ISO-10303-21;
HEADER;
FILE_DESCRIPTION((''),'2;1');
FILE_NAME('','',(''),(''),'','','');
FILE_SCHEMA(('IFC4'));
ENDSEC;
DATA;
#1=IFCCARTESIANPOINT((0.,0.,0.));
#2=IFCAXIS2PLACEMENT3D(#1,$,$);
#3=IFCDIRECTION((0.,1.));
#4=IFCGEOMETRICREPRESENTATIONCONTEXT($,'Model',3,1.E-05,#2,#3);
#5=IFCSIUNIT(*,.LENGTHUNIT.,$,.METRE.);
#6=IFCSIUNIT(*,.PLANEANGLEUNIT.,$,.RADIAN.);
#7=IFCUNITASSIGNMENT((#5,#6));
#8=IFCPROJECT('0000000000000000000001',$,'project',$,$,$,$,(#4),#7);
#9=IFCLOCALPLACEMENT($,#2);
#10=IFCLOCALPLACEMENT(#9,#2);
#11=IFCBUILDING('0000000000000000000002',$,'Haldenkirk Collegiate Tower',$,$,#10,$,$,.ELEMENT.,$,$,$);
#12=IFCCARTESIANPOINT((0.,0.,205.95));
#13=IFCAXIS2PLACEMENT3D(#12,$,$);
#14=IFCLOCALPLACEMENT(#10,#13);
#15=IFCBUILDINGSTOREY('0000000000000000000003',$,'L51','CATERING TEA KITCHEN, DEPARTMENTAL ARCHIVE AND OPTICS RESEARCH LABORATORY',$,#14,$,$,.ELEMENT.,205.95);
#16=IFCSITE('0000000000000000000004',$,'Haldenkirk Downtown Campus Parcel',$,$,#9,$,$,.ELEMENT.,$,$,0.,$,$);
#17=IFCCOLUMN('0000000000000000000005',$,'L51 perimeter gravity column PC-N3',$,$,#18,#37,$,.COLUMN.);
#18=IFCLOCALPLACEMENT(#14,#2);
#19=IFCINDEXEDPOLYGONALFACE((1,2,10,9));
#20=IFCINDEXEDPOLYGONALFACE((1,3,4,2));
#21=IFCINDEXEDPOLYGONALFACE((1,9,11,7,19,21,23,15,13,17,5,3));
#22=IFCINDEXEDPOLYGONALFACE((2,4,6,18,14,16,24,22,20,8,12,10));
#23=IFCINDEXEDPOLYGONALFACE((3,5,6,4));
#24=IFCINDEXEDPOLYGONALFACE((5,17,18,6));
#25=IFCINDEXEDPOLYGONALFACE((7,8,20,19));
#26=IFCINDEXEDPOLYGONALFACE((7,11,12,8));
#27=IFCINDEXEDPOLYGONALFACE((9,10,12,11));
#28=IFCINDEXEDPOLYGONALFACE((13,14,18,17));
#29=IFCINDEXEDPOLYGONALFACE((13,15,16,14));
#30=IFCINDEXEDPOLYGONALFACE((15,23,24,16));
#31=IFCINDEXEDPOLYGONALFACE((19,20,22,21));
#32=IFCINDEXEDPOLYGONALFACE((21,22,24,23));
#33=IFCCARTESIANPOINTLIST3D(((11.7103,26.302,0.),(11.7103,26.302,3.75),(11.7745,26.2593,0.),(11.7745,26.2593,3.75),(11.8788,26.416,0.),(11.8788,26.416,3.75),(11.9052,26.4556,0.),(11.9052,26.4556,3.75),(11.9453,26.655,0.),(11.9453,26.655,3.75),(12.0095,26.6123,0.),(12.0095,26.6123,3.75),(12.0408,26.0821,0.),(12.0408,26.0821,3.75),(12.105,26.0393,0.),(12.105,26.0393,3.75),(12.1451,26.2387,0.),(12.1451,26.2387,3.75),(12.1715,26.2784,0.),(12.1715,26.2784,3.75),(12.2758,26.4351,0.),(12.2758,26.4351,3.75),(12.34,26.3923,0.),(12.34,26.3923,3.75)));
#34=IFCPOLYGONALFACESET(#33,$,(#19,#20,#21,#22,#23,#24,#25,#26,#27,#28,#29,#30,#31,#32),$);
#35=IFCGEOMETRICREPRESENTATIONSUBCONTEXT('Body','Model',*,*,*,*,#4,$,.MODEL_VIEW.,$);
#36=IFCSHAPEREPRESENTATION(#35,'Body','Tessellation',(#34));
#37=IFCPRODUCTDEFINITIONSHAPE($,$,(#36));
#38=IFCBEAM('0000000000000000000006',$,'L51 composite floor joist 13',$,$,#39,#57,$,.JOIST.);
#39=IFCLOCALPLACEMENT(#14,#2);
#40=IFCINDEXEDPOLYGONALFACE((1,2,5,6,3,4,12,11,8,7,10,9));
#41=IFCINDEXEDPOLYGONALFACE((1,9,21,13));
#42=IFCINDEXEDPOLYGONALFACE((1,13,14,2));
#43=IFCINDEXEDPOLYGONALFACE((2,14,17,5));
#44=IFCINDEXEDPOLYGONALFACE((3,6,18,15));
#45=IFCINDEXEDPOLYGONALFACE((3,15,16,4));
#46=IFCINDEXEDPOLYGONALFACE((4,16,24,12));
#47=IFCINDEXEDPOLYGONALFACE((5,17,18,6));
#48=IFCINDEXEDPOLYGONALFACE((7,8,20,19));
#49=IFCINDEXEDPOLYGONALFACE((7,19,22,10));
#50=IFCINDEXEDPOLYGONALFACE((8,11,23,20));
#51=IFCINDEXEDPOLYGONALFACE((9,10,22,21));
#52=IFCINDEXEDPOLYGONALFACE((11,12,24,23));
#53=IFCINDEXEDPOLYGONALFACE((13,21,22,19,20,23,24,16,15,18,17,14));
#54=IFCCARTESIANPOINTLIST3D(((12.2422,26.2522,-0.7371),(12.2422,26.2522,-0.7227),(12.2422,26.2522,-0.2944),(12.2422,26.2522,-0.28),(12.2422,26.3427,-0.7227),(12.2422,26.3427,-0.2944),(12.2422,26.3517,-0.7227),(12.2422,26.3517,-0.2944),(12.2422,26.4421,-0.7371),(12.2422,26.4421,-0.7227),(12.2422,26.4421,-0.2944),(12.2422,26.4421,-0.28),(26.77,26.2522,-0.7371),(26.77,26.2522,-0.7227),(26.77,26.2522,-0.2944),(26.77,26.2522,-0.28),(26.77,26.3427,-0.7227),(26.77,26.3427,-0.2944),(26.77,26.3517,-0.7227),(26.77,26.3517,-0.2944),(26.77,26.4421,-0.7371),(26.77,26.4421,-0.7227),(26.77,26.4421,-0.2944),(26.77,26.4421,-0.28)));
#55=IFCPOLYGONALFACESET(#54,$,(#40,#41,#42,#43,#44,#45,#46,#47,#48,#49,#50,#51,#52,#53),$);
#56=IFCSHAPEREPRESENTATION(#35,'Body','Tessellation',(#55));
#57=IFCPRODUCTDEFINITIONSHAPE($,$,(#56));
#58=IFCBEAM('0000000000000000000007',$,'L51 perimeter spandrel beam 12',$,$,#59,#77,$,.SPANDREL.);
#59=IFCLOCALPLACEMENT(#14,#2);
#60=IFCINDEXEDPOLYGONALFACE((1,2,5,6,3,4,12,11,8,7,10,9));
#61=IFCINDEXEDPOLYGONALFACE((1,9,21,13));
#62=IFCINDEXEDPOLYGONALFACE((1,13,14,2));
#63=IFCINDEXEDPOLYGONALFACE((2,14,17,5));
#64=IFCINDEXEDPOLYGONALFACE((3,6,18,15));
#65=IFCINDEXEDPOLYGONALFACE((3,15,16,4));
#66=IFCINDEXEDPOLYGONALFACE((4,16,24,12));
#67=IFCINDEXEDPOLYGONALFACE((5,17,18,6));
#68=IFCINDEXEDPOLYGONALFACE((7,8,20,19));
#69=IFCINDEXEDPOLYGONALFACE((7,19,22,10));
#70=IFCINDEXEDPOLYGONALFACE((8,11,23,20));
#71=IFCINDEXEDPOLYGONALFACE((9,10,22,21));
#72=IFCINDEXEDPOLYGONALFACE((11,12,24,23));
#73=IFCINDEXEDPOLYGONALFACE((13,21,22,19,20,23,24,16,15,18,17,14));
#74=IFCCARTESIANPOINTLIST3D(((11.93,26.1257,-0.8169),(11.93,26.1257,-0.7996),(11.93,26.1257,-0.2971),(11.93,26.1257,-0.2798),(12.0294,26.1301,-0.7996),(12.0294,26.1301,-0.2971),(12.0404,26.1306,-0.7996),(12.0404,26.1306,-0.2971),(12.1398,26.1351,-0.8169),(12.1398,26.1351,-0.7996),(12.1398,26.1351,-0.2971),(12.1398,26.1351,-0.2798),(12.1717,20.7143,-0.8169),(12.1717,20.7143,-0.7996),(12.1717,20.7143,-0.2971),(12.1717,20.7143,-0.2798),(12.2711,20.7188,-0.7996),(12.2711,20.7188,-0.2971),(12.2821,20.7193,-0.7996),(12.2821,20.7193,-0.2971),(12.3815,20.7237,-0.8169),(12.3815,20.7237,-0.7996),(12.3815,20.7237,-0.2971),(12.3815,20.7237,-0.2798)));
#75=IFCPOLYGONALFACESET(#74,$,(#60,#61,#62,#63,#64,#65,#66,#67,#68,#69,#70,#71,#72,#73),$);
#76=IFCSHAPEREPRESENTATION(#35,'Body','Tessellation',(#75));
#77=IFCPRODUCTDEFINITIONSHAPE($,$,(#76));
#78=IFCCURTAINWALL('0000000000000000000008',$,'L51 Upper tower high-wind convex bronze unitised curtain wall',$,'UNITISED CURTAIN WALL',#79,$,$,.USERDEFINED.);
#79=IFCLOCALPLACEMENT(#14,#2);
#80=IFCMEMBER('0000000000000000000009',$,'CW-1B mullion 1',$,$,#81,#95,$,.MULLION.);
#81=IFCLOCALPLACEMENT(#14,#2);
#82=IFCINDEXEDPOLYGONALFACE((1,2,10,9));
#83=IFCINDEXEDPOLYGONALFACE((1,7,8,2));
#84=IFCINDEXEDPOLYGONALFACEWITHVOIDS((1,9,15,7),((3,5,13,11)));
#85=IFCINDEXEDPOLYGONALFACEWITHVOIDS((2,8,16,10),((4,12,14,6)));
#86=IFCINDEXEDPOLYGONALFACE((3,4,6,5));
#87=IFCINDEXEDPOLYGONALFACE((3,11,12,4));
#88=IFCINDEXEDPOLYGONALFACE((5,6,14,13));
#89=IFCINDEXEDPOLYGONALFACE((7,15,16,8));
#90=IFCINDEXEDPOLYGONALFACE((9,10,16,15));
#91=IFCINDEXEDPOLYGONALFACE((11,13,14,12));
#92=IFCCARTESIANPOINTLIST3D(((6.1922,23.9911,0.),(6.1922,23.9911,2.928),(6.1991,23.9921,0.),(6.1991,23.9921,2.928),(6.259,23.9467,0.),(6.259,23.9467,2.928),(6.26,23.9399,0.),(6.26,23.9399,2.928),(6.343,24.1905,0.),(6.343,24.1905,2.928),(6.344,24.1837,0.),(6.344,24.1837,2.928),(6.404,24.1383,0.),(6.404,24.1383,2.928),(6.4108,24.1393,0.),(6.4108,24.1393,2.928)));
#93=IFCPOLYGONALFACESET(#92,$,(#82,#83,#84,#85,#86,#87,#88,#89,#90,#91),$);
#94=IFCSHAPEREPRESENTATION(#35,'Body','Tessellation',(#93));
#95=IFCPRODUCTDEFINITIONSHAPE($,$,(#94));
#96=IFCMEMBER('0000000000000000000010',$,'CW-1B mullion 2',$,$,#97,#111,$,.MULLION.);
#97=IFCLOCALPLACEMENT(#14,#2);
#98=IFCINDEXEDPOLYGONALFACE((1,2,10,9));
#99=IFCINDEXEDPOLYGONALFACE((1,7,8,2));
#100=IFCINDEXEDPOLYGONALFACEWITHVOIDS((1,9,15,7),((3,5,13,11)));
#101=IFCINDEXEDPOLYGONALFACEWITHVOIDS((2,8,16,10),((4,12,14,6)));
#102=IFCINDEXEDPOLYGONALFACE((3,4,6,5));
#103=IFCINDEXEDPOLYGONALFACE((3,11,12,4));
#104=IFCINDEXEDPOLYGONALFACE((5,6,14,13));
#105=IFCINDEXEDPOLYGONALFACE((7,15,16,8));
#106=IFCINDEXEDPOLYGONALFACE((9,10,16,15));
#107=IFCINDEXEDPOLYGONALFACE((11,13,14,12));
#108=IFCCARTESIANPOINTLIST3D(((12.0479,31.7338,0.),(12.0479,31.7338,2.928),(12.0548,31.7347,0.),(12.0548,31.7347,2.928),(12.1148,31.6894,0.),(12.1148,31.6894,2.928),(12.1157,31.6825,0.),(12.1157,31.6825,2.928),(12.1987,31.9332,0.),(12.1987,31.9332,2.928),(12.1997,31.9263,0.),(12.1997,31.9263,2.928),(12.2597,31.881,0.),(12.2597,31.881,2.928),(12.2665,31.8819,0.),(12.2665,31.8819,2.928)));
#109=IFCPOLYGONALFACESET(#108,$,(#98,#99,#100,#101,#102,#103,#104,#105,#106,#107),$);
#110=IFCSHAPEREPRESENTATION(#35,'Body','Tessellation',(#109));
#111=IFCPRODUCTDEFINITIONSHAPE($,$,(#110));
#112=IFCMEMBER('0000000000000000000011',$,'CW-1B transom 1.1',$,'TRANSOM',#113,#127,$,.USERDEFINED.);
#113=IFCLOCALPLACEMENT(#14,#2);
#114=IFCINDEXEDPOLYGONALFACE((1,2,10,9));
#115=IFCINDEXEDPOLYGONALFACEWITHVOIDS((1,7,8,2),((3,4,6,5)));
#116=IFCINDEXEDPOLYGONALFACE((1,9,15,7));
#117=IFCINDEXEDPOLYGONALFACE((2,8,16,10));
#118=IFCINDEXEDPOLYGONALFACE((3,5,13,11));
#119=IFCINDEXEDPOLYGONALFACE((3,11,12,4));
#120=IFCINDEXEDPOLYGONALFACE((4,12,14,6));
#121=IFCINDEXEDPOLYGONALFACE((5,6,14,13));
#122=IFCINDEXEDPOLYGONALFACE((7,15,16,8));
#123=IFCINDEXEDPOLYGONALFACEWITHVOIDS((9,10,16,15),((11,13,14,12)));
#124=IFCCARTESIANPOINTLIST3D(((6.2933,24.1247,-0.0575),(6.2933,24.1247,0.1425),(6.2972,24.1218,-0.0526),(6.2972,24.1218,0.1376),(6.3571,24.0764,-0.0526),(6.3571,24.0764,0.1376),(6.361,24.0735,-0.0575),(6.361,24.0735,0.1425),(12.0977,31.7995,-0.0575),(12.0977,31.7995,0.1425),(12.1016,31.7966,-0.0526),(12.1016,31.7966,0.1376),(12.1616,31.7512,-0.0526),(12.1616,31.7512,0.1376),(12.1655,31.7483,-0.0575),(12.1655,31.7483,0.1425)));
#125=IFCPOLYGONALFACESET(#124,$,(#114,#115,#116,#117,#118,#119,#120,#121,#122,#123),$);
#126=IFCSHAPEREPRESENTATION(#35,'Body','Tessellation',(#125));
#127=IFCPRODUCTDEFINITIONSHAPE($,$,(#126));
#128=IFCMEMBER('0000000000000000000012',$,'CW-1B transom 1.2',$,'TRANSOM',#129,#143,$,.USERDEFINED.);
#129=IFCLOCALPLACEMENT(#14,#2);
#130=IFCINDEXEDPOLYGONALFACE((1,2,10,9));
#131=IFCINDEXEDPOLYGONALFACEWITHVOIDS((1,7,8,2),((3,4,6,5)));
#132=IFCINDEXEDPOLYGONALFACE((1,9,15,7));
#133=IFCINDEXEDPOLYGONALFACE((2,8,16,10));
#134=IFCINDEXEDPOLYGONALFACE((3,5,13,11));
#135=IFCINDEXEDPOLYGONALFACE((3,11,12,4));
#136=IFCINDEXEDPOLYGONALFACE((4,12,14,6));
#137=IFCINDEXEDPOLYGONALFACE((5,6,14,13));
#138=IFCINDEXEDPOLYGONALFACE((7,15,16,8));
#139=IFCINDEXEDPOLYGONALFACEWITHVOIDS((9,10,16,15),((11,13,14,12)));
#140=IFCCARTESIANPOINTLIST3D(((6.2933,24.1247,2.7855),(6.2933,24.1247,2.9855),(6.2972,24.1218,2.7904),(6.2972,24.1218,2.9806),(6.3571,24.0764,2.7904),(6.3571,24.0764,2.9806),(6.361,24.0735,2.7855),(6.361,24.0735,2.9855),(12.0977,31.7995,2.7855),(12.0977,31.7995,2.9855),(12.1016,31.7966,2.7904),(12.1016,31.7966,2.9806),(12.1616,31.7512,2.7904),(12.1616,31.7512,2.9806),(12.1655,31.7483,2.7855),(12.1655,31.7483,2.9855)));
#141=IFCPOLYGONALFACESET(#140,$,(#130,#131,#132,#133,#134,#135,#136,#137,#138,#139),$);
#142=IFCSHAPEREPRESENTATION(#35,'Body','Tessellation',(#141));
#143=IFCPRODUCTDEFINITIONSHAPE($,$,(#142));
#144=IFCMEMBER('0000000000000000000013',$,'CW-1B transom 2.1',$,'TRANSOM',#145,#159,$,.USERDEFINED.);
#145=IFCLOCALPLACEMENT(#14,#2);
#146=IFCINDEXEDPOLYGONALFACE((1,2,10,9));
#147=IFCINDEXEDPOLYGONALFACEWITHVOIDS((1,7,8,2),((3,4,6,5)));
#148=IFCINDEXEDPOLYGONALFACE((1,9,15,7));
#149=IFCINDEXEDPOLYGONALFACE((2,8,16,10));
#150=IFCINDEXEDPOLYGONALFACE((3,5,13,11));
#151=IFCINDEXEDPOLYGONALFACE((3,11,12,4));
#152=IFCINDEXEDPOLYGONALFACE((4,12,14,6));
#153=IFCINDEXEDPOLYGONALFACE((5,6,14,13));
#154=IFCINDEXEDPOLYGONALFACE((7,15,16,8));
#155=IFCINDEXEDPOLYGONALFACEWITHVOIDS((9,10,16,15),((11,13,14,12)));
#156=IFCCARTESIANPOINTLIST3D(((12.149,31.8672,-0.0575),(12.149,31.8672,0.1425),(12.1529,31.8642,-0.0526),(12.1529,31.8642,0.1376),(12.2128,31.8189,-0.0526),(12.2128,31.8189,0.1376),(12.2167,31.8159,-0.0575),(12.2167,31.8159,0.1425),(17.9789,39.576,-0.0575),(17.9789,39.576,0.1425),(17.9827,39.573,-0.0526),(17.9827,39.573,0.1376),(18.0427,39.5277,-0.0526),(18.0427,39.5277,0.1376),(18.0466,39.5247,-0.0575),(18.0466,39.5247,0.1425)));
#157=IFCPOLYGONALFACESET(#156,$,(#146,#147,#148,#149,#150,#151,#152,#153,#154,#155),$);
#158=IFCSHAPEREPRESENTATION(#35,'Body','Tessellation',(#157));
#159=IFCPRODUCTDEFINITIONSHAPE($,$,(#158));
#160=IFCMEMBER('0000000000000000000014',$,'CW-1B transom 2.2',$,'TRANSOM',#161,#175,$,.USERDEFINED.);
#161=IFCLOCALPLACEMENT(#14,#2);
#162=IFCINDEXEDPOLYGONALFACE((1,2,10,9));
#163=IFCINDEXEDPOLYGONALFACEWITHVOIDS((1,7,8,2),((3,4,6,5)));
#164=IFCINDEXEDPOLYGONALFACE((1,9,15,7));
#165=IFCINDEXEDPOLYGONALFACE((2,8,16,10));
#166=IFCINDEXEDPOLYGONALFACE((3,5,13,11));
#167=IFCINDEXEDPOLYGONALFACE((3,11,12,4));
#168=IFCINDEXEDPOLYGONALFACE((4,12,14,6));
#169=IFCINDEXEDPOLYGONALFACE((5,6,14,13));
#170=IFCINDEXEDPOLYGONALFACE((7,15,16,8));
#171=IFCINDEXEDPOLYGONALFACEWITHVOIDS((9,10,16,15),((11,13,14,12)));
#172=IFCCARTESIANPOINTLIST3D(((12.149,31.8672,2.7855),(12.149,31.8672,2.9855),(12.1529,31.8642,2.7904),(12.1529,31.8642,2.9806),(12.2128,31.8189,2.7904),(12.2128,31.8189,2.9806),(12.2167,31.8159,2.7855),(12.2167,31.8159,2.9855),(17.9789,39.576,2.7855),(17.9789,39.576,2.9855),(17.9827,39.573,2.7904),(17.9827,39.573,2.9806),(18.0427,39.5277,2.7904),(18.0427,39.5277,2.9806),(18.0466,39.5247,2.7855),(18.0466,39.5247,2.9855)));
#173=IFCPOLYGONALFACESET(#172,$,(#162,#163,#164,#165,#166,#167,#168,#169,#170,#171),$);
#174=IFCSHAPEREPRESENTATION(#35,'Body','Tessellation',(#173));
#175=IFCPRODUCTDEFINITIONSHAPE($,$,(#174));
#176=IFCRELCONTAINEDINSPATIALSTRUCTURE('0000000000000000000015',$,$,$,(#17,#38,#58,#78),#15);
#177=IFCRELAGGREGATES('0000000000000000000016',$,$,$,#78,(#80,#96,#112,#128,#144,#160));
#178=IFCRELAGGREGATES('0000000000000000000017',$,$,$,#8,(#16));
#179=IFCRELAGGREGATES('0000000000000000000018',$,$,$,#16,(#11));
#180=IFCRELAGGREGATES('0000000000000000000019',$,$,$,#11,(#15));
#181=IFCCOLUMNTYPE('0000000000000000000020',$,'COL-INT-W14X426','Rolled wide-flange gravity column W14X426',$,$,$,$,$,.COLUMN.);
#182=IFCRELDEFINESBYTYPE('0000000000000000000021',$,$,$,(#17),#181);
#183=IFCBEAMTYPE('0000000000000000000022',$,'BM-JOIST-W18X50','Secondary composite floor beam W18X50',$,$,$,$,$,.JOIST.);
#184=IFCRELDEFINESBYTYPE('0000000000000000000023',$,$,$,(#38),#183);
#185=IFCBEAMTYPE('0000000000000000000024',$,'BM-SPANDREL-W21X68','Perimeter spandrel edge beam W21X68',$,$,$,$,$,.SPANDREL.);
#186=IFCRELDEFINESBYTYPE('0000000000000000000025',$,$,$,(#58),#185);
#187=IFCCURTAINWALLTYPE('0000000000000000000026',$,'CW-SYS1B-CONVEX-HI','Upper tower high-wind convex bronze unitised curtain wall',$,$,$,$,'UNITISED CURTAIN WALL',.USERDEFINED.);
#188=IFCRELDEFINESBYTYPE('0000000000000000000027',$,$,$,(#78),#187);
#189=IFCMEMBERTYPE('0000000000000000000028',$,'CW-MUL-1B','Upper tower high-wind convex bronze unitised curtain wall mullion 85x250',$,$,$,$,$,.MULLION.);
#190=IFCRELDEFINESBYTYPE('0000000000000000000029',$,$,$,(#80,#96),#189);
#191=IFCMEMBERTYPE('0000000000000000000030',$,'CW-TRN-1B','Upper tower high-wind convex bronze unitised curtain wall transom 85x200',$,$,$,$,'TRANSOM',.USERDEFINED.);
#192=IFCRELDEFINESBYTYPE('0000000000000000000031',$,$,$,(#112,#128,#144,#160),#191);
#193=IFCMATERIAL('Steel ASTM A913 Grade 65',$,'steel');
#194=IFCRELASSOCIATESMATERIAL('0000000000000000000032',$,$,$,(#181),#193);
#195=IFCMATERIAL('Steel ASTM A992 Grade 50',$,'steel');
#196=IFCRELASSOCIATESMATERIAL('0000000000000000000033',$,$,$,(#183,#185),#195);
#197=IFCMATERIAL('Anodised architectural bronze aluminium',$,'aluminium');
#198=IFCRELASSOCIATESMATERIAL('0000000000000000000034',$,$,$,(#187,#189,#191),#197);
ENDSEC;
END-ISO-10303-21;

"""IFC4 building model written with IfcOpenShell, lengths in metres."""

from ifc_helpers import new_model, si_unit, direction, frame, origin, origin_2d, place, context, subcontext, project, spatial, hollow_rectangle, i_section, extrude, material, material_profile, profile_set, type_object, element, aggregate, save


model = new_model("IFC4")

# Units and contexts
model_context = context("Model", 3, precision=1e-05, world=origin(), true_north=direction((0.0, 1.0)))
body_context = subcontext(model_context, "Body", "Model", "MODEL_VIEW")
ifc_project = project(units=[si_unit("LENGTHUNIT", "METRE"), si_unit("PLANEANGLEUNIT", "RADIAN")], contexts=[model_context])

# Site, building, storey
site_placement = place(None, origin())
site = spatial("IfcSite", under=ifc_project, at=site_placement, Name="Haldenkirk Downtown Campus Parcel", CompositionType="ELEMENT", RefElevation=0.0)
building_placement = place(site_placement, origin())
building = spatial("IfcBuilding", under=site, at=building_placement, Name="Haldenkirk Collegiate Tower", CompositionType="ELEMENT")
storey_placement = place(building_placement, frame((0.0, 0.0, 205.95)))
storey = spatial("IfcBuildingStorey", under=building, at=storey_placement, Name="L51", Description="CATERING TEA KITCHEN, DEPARTMENTAL ARCHIVE AND OPTICS RESEARCH LABORATORY", CompositionType="ELEMENT", Elevation=205.95)

# Column
ifc_material_1 = material(Name="Steel ASTM A913 Grade 65", Category="steel")
ifc_material_profile_1 = material_profile(ifc_material_1, i_section(OverallWidth=0.4241, OverallDepth=0.4741, WebThickness=0.0476, FlangeThickness=0.0771, at=origin_2d()), Name="W14X426")
ifc_profile_set_1 = profile_set([ifc_material_profile_1], Name="Steel ASTM A913 Grade 65")
column_type = type_object("IfcColumnType", Name="COL-INT-W14X426", Description="Rolled wide-flange gravity column W14X426", PredefinedType="COLUMN", material=ifc_profile_set_1)
column_placement = place(storey_placement, frame((12.0251, 26.3472, 0.0), z_axis=(0.0, 0.0, 1.0), x_axis=(0.554118, 0.832438, 0.0)))
element("IfcColumn", 1, at=column_placement, inside=storey, type_object=column_type, Name="L51 perimeter gravity column PC-N3", PredefinedType="COLUMN", context=body_context, shape_type="SweptSolid", body=[
    extrude(i_section(OverallWidth=0.4241, OverallDepth=0.4741, WebThickness=0.0476, FlangeThickness=0.0771, at=origin_2d()), origin(), (0.0, 0.0, 1.0), 3.75),
])

# Beams
ifc_material_2 = material(Name="Steel ASTM A992 Grade 50", Category="steel")
ifc_material_profile_2 = material_profile(ifc_material_2, i_section(OverallWidth=0.1899, OverallDepth=0.457, WebThickness=0.009, FlangeThickness=0.0144, at=origin_2d()), Name="W18X50")
ifc_profile_set_2 = profile_set([ifc_material_profile_2], Name="Steel ASTM A992 Grade 50")
beam_type_1 = type_object("IfcBeamType", Name="BM-JOIST-W18X50", Description="Secondary composite floor beam W18X50", PredefinedType="JOIST", material=ifc_profile_set_2)
beam_1_placement = place(storey_placement, frame((12.2422, 26.3472, -0.5085), z_axis=(1.0, 0.0, 0.0), x_axis=(0.0, 1.0, 0.0)))
element("IfcBeam", 2, at=beam_1_placement, inside=storey, type_object=beam_type_1, Name="L51 composite floor joist 13", PredefinedType="JOIST", context=body_context, shape_type="SweptSolid", body=[
    extrude(i_section(OverallWidth=0.1899, OverallDepth=0.457, WebThickness=0.009, FlangeThickness=0.0144, at=origin_2d()), origin(), (0.0, 0.0, 1.0), 14.5278),
])
ifc_material_profile_3 = material_profile(ifc_material_2, i_section(OverallWidth=0.21, OverallDepth=0.5371, WebThickness=0.011, FlangeThickness=0.0173, at=origin_2d()), Name="W21X68")
ifc_profile_set_3 = profile_set([ifc_material_profile_3], Name="Steel ASTM A992 Grade 50")
beam_type_2 = type_object("IfcBeamType", Name="BM-SPANDREL-W21X68", Description="Perimeter spandrel edge beam W21X68", PredefinedType="SPANDREL", material=ifc_profile_set_3)
beam_2_placement = place(storey_placement, frame((12.0349, 26.1304, -0.5483), z_axis=(0.044621, -0.999004, 0.0), x_axis=(0.999004, 0.044621, 0.0)))
element("IfcBeam", 3, at=beam_2_placement, inside=storey, type_object=beam_type_2, Name="L51 perimeter spandrel beam 12", PredefinedType="SPANDREL", context=body_context, shape_type="SweptSolid", body=[
    extrude(i_section(OverallWidth=0.21, OverallDepth=0.5371, WebThickness=0.011, FlangeThickness=0.0173, at=origin_2d()), origin(), (0.0, 0.0, 1.0), 5.4167),
])

# Curtain wall, members
ifc_material_3 = material(Name="Anodised architectural bronze aluminium", Category="aluminium")
curtain_wall_type = type_object("IfcCurtainWallType", Name="CW-SYS1B-CONVEX-HI", Description="Upper tower high-wind convex bronze unitised curtain wall", ElementType="UNITISED CURTAIN WALL", PredefinedType="USERDEFINED", material=ifc_material_3)
curtain_wall_placement = place(storey_placement, origin())
curtain_wall = element("IfcCurtainWall", 4, at=curtain_wall_placement, inside=storey, type_object=curtain_wall_type, Name="L51 Upper tower high-wind convex bronze unitised curtain wall", ObjectType="UNITISED CURTAIN WALL", PredefinedType="USERDEFINED")
ifc_material_profile_4 = material_profile(ifc_material_3, hollow_rectangle(XDim=0.085, YDim=0.25, WallThickness=0.0049, at=origin_2d()), Name="CW-MUL-1B")
ifc_profile_set_4 = profile_set([ifc_material_profile_4], Name="Anodised architectural bronze aluminium")
member_type_1 = type_object("IfcMemberType", Name="CW-MUL-1B", Description="Upper tower high-wind convex bronze unitised curtain wall mullion 85x250", PredefinedType="MULLION", material=ifc_profile_set_4)
member_1_placement = place(storey_placement, frame((6.3015, 24.0652, 0.0), z_axis=(0.0, 0.0, 1.0), x_axis=(-0.797584, 0.603207, 0.0)))
member_1 = element("IfcMember", 5, at=member_1_placement, type_object=member_type_1, Name="CW-1B mullion 1", PredefinedType="MULLION", context=body_context, shape_type="SweptSolid", body=[
    extrude(hollow_rectangle(XDim=0.085, YDim=0.25, WallThickness=0.0049, at=origin_2d()), origin(), (0.0, 0.0, 1.0), 2.928),
])
member_2_placement = place(storey_placement, frame((12.1572, 31.8079, 0.0), z_axis=(0.0, 0.0, 1.0), x_axis=(-0.797584, 0.603207, 0.0)))
member_2 = element("IfcMember", 6, at=member_2_placement, type_object=member_type_1, Name="CW-1B mullion 2", PredefinedType="MULLION", context=body_context, shape_type="SweptSolid", body=[
    extrude(hollow_rectangle(XDim=0.085, YDim=0.25, WallThickness=0.0049, at=origin_2d()), origin(), (0.0, 0.0, 1.0), 2.928),
])
ifc_material_profile_5 = material_profile(ifc_material_3, hollow_rectangle(XDim=0.085, YDim=0.2, WallThickness=0.0049, at=origin_2d()), Name="CW-TRN-1B")
ifc_profile_set_5 = profile_set([ifc_material_profile_5], Name="Anodised architectural bronze aluminium")
member_type_2 = type_object("IfcMemberType", Name="CW-TRN-1B", Description="Upper tower high-wind convex bronze unitised curtain wall transom 85x200", ElementType="TRANSOM", PredefinedType="USERDEFINED", material=ifc_profile_set_5)
member_3_placement = place(storey_placement, frame((6.3271, 24.0991, 0.0425), z_axis=(0.60321, 0.797582, 0.0), x_axis=(-0.797582, 0.60321, 0.0)))
member_3 = element("IfcMember", 7, at=member_3_placement, type_object=member_type_2, Name="CW-1B transom 1.1", ObjectType="TRANSOM", PredefinedType="USERDEFINED", context=body_context, shape_type="SweptSolid", body=[
    extrude(hollow_rectangle(XDim=0.085, YDim=0.2, WallThickness=0.0049, at=origin_2d()), origin(), (0.0, 0.0, 1.0), 9.6226),
])
member_4_placement = place(storey_placement, frame((6.3271, 24.0991, 2.8855), z_axis=(0.60321, 0.797582, 0.0), x_axis=(-0.797582, 0.60321, 0.0)))
member_4 = element("IfcMember", 8, at=member_4_placement, type_object=member_type_2, Name="CW-1B transom 1.2", ObjectType="TRANSOM", PredefinedType="USERDEFINED", context=body_context, shape_type="SweptSolid", body=[
    extrude(hollow_rectangle(XDim=0.085, YDim=0.2, WallThickness=0.0049, at=origin_2d()), origin(), (0.0, 0.0, 1.0), 9.6226),
])
member_5_placement = place(storey_placement, frame((12.1829, 31.8416, 0.0425), z_axis=(0.603192, 0.797596, 0.0), x_axis=(-0.797596, 0.603192, 0.0)))
member_5 = element("IfcMember", 9, at=member_5_placement, type_object=member_type_2, Name="CW-1B transom 2.1", ObjectType="TRANSOM", PredefinedType="USERDEFINED", context=body_context, shape_type="SweptSolid", body=[
    extrude(hollow_rectangle(XDim=0.085, YDim=0.2, WallThickness=0.0049, at=origin_2d()), origin(), (0.0, 0.0, 1.0), 9.665),
])
member_6_placement = place(storey_placement, frame((12.1829, 31.8416, 2.8855), z_axis=(0.603192, 0.797596, 0.0), x_axis=(-0.797596, 0.603192, 0.0)))
member_6 = element("IfcMember", 10, at=member_6_placement, type_object=member_type_2, Name="CW-1B transom 2.2", ObjectType="TRANSOM", PredefinedType="USERDEFINED", context=body_context, shape_type="SweptSolid", body=[
    extrude(hollow_rectangle(XDim=0.085, YDim=0.2, WallThickness=0.0049, at=origin_2d()), origin(), (0.0, 0.0, 1.0), 9.665),
])
aggregate(curtain_wall, [member_1, member_2, member_3, member_4, member_5, member_6])

save(model, "model.ifc")
